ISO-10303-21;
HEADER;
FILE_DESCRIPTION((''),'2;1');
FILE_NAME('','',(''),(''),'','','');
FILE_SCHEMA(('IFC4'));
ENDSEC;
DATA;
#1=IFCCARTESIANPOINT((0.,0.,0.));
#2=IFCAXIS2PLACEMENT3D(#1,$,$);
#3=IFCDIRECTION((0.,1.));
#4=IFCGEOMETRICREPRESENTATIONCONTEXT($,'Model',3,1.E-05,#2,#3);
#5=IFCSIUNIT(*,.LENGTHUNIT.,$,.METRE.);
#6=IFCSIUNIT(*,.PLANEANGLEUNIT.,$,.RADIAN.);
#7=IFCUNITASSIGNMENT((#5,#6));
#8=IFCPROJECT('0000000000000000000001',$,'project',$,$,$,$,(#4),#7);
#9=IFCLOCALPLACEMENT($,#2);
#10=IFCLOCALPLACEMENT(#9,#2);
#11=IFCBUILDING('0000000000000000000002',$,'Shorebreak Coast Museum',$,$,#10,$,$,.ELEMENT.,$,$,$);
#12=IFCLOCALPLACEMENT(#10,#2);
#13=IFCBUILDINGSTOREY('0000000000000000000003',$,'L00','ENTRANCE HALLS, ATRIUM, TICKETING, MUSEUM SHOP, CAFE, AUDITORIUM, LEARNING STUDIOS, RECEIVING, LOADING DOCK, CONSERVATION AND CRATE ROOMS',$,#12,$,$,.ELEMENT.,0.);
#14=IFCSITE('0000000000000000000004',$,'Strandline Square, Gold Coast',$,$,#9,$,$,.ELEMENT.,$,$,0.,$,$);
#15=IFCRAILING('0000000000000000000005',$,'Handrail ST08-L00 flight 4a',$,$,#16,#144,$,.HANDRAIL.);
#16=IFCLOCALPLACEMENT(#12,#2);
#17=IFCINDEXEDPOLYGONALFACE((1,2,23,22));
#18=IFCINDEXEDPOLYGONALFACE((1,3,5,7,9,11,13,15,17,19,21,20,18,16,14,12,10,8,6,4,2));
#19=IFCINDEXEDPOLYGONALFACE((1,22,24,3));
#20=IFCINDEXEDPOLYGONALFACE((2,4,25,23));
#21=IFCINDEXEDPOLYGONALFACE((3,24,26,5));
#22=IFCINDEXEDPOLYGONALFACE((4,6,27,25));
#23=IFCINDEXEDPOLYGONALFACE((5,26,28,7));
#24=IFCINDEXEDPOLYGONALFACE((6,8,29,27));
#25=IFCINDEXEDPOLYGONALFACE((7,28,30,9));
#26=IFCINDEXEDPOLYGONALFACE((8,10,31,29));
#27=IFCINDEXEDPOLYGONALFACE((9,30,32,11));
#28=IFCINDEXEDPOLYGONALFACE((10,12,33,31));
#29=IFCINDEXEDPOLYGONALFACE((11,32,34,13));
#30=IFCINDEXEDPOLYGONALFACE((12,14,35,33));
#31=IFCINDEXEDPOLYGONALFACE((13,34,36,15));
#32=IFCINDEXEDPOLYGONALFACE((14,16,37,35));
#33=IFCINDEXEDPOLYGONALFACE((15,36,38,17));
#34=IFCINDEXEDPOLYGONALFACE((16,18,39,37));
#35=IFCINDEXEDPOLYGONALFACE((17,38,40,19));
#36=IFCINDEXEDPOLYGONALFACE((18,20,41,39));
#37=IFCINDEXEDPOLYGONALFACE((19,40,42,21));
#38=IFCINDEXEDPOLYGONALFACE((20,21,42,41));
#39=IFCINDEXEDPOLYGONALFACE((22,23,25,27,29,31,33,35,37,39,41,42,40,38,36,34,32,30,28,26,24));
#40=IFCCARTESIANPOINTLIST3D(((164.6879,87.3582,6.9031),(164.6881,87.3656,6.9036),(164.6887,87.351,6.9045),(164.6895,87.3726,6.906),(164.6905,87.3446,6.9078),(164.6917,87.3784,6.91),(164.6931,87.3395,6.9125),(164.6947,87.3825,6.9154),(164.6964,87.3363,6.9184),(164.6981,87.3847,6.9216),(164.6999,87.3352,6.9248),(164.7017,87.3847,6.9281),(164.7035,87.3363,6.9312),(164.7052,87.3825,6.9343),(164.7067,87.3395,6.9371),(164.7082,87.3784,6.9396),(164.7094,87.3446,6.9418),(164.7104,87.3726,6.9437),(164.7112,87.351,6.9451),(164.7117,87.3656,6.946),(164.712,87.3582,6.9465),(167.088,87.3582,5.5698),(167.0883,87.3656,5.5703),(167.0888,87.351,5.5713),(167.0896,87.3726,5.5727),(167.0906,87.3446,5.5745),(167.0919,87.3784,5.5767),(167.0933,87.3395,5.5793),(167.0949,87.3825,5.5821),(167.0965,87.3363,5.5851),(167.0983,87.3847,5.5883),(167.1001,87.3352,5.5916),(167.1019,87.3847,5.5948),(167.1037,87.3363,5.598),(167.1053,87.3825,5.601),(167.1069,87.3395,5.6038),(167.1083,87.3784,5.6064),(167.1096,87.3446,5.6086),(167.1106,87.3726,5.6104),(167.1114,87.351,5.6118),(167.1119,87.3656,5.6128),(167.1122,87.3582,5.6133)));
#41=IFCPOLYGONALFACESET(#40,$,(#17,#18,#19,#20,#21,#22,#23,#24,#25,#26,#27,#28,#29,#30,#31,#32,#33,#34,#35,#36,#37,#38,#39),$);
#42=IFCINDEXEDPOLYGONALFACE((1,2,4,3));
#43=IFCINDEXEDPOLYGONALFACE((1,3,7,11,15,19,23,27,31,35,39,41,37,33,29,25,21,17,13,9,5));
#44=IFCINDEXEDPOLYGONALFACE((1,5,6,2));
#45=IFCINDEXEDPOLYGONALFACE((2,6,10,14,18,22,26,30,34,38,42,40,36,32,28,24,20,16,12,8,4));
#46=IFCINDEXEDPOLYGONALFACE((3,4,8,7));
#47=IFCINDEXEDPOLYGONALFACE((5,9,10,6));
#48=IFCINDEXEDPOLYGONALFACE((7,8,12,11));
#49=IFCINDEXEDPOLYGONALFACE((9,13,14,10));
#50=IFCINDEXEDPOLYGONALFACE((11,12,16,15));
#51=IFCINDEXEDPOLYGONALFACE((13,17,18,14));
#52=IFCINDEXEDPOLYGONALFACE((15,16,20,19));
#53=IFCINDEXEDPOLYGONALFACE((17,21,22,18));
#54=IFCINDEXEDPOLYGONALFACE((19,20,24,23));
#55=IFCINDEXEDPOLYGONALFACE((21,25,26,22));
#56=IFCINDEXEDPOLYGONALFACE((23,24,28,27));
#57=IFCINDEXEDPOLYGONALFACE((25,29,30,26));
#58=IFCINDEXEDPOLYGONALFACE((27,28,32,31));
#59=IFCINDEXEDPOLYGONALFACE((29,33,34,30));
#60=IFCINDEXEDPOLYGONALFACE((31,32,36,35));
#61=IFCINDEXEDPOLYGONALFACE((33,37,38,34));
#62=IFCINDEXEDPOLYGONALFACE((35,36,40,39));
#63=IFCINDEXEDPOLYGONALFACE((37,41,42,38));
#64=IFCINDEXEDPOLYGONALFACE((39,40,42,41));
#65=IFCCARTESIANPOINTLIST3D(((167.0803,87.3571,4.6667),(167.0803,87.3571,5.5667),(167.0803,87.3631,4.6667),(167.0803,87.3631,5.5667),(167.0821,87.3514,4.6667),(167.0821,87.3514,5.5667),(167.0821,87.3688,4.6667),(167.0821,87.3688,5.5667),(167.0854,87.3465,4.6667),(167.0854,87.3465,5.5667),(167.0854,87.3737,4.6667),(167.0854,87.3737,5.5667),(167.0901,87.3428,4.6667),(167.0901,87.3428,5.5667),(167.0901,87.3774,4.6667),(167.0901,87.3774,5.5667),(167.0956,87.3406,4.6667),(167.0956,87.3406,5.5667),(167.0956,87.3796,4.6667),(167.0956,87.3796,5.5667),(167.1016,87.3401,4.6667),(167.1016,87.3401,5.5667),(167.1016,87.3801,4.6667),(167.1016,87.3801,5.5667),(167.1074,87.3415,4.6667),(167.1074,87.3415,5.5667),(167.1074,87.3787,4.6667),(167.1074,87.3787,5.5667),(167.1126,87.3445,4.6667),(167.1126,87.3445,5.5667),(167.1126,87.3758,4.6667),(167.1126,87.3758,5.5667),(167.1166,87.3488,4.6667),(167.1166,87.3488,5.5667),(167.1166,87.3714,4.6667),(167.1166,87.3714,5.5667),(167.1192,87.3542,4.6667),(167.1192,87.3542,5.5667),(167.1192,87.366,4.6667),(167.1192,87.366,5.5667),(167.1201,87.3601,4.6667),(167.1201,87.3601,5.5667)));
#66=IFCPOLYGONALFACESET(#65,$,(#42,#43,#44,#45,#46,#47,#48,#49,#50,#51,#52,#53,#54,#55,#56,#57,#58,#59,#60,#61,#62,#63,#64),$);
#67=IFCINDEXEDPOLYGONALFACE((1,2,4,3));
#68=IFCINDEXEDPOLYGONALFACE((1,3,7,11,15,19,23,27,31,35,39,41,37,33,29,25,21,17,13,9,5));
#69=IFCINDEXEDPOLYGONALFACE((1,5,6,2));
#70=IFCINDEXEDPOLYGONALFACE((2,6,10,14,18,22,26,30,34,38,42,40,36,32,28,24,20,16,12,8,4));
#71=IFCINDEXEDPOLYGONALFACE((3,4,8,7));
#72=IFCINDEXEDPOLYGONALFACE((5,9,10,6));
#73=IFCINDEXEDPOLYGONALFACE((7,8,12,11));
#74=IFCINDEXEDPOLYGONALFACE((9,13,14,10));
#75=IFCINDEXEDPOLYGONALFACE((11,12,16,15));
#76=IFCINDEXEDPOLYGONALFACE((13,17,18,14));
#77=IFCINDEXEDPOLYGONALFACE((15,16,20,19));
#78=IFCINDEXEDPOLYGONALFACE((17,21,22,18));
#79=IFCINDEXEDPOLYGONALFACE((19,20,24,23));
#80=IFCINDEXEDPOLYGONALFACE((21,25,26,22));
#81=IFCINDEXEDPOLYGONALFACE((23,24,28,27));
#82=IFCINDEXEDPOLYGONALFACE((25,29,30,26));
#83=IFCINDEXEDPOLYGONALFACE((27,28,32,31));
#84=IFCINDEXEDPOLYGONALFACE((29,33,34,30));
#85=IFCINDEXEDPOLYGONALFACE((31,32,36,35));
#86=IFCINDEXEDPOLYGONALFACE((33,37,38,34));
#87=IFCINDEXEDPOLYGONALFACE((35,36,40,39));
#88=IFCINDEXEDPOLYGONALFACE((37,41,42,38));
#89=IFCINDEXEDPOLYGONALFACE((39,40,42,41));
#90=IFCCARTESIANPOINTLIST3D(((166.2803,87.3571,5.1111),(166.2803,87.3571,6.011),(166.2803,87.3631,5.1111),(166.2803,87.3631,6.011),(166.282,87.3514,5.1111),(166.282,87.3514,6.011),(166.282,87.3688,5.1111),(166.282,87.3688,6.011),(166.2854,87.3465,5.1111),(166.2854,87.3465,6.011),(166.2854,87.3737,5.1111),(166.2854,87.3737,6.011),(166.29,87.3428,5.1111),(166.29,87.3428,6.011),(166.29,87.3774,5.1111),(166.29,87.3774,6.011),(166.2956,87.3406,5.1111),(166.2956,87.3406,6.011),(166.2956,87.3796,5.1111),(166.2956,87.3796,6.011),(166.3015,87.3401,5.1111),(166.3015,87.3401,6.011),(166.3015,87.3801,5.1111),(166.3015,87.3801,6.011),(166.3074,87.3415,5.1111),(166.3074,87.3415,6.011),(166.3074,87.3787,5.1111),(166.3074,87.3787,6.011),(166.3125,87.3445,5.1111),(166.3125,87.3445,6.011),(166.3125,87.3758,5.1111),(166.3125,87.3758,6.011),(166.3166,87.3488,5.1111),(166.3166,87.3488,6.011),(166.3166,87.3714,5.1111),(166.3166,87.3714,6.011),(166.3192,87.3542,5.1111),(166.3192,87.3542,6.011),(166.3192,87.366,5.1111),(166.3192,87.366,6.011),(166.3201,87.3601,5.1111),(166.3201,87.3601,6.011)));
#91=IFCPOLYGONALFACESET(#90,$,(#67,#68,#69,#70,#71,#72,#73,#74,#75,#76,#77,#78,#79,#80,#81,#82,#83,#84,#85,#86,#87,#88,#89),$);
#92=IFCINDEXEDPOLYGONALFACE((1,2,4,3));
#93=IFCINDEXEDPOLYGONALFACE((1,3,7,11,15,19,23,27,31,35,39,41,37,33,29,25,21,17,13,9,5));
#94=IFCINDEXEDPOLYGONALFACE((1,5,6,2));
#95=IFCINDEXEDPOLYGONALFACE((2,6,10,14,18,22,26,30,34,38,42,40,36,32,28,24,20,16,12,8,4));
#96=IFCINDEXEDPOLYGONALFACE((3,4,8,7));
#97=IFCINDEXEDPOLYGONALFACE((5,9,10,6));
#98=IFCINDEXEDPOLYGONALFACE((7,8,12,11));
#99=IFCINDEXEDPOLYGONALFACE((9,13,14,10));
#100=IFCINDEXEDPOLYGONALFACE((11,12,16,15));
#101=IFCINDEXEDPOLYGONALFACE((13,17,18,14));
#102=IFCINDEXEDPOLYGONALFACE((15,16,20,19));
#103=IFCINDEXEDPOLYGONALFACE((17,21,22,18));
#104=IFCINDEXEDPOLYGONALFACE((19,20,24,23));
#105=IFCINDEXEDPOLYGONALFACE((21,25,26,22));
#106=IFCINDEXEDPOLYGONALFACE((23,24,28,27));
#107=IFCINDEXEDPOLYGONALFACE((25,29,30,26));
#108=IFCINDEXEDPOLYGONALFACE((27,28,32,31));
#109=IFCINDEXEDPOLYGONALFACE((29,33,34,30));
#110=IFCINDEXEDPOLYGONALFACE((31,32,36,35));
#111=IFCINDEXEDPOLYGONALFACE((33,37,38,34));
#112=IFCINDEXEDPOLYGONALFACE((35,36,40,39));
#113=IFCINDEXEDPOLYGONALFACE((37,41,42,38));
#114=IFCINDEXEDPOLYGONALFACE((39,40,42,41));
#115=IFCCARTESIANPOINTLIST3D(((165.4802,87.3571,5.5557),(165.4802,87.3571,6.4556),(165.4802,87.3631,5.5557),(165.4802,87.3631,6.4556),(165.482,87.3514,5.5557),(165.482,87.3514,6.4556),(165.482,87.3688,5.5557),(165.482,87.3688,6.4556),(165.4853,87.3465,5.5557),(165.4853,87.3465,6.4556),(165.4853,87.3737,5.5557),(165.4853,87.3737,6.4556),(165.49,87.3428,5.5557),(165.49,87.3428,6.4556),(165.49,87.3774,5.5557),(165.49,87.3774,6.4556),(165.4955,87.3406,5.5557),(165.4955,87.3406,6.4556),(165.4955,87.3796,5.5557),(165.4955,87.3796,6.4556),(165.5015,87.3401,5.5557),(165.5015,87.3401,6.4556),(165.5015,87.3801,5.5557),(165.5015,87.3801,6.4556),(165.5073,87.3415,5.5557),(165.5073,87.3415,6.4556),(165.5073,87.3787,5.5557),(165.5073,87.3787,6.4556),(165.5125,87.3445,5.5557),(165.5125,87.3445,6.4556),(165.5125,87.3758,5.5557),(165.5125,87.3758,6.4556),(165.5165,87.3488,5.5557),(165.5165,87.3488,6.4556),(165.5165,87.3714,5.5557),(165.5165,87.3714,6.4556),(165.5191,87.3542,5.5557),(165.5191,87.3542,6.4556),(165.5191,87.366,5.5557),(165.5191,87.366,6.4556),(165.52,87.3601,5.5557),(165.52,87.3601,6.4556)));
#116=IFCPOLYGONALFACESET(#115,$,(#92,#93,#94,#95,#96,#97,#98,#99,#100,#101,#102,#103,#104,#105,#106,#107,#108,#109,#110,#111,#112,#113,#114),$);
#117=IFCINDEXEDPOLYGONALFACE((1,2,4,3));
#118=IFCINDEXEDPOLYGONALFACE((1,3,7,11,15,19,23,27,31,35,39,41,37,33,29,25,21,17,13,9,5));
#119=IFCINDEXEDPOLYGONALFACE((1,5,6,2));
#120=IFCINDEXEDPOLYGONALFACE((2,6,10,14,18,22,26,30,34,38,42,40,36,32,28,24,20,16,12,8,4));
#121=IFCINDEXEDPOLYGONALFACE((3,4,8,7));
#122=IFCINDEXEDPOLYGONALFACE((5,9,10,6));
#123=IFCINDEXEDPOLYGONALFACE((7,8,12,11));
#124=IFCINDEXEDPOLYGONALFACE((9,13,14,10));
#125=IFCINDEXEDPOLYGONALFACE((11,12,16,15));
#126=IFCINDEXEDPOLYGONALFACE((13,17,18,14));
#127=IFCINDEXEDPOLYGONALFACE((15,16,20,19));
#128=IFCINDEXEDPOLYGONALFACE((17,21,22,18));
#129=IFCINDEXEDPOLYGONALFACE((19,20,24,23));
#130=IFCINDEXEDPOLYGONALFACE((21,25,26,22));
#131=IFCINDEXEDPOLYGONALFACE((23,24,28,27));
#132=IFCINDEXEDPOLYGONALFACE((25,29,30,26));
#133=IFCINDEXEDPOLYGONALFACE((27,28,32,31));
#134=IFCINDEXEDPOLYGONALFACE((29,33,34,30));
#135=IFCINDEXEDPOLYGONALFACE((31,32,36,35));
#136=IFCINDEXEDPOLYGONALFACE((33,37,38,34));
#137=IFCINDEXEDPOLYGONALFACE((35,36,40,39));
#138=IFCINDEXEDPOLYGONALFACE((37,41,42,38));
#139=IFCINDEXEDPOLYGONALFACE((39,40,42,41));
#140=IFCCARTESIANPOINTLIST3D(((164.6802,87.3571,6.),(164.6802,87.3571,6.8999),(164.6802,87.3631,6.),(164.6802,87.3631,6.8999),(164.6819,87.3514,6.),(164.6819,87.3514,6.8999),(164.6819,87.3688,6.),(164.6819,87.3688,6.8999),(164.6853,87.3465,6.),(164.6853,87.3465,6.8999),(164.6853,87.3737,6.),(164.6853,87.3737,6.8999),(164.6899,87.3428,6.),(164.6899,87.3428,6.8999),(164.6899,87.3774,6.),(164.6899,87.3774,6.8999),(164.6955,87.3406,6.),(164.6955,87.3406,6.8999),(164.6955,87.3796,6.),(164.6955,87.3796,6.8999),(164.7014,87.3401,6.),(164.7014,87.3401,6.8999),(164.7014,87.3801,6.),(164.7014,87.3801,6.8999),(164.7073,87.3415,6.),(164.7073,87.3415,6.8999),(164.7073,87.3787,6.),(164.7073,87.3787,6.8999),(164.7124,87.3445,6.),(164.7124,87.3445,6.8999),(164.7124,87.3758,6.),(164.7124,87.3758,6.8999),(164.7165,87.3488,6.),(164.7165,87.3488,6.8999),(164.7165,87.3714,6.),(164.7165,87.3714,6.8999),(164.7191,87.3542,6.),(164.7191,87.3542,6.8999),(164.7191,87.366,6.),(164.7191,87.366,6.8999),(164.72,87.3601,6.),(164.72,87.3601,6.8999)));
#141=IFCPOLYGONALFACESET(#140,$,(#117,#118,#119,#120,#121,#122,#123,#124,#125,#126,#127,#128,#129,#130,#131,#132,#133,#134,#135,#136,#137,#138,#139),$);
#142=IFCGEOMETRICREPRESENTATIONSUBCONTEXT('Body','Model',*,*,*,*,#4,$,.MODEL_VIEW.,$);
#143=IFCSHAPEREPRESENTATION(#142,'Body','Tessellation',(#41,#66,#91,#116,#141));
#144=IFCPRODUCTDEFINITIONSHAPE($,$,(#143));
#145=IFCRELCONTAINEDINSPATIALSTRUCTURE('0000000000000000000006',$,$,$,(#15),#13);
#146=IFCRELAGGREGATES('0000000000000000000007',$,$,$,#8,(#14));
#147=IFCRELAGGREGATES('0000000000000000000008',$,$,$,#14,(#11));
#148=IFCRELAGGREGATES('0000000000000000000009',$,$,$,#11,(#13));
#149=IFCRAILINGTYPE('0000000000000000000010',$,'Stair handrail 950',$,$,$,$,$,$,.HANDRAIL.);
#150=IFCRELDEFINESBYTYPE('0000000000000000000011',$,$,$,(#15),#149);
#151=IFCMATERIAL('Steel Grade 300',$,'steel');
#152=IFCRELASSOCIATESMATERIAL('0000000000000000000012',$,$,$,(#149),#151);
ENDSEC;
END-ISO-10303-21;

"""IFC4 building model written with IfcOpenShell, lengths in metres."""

from ifc_helpers import new_model, si_unit, direction, frame, origin, origin_2d, place, context, subcontext, project, spatial, circle, extrude, material, type_object, element, save


model = new_model("IFC4")

# Units and contexts
model_context = context("Model", 3, precision=1e-05, world=origin(), true_north=direction((0.0, 1.0)))
body_context = subcontext(model_context, "Body", "Model", "MODEL_VIEW")
ifc_project = project(units=[si_unit("LENGTHUNIT", "METRE"), si_unit("PLANEANGLEUNIT", "RADIAN")], contexts=[model_context])

# Site, building, storey
site_placement = place(None, origin())
site = spatial("IfcSite", under=ifc_project, at=site_placement, Name="Strandline Square, Gold Coast", CompositionType="ELEMENT", RefElevation=0.0)
building_placement = place(site_placement, origin())
building = spatial("IfcBuilding", under=site, at=building_placement, Name="Shorebreak Coast Museum", CompositionType="ELEMENT")
storey_placement = place(building_placement, origin())
storey = spatial("IfcBuildingStorey", under=building, at=storey_placement, Name="L00", Description="ENTRANCE HALLS, ATRIUM, TICKETING, MUSEUM SHOP, CAFE, AUDITORIUM, LEARNING STUDIOS, RECEIVING, LOADING DOCK, CONSERVATION AND CRATE ROOMS", CompositionType="ELEMENT", Elevation=0.0)

# Railing
ifc_material_1 = material(Name="Steel Grade 300", Category="steel")
railing_type_1 = type_object("IfcRailingType", Name="Stair handrail 950", PredefinedType="HANDRAIL", material=ifc_material_1)
for number, where, name in (
    (1, (167.1001, 87.3601, 4.6667), "Handrail ST08-L00 flight 4a"),
):
    element("IfcRailing", number, at=place(storey_placement, frame(where)), inside=storey, type_object=railing_type_1, Name=name, PredefinedType="HANDRAIL", context=body_context, shape_type="SweptSolid", body=[
        extrude(circle(Radius=0.0249, at=origin_2d()), frame((0.0, 0.0, 0.9248), z_axis=(-0.874182, 0.0, 0.485598), x_axis=(0.0, -1.0, 0.0)), (0.0, 0.0, 1.0), 2.7456),
        extrude(circle(Radius=0.02, at=origin_2d()), origin(), (0.0, 0.0, 1.0), 0.8999),
        extrude(circle(Radius=0.02, at=origin_2d()), frame((-0.8, 0.0, 0.4443)), (0.0, 0.0, 1.0), 0.8999),
        extrude(circle(Radius=0.02, at=origin_2d()), frame((-1.6001, 0.0, 0.8889)), (0.0, 0.0, 1.0), 0.8999),
        extrude(circle(Radius=0.02, at=origin_2d()), frame((-2.4001, 0.0, 1.3333)), (0.0, 0.0, 1.0), 0.8999),
    ])

save(model, "model.ifc")
